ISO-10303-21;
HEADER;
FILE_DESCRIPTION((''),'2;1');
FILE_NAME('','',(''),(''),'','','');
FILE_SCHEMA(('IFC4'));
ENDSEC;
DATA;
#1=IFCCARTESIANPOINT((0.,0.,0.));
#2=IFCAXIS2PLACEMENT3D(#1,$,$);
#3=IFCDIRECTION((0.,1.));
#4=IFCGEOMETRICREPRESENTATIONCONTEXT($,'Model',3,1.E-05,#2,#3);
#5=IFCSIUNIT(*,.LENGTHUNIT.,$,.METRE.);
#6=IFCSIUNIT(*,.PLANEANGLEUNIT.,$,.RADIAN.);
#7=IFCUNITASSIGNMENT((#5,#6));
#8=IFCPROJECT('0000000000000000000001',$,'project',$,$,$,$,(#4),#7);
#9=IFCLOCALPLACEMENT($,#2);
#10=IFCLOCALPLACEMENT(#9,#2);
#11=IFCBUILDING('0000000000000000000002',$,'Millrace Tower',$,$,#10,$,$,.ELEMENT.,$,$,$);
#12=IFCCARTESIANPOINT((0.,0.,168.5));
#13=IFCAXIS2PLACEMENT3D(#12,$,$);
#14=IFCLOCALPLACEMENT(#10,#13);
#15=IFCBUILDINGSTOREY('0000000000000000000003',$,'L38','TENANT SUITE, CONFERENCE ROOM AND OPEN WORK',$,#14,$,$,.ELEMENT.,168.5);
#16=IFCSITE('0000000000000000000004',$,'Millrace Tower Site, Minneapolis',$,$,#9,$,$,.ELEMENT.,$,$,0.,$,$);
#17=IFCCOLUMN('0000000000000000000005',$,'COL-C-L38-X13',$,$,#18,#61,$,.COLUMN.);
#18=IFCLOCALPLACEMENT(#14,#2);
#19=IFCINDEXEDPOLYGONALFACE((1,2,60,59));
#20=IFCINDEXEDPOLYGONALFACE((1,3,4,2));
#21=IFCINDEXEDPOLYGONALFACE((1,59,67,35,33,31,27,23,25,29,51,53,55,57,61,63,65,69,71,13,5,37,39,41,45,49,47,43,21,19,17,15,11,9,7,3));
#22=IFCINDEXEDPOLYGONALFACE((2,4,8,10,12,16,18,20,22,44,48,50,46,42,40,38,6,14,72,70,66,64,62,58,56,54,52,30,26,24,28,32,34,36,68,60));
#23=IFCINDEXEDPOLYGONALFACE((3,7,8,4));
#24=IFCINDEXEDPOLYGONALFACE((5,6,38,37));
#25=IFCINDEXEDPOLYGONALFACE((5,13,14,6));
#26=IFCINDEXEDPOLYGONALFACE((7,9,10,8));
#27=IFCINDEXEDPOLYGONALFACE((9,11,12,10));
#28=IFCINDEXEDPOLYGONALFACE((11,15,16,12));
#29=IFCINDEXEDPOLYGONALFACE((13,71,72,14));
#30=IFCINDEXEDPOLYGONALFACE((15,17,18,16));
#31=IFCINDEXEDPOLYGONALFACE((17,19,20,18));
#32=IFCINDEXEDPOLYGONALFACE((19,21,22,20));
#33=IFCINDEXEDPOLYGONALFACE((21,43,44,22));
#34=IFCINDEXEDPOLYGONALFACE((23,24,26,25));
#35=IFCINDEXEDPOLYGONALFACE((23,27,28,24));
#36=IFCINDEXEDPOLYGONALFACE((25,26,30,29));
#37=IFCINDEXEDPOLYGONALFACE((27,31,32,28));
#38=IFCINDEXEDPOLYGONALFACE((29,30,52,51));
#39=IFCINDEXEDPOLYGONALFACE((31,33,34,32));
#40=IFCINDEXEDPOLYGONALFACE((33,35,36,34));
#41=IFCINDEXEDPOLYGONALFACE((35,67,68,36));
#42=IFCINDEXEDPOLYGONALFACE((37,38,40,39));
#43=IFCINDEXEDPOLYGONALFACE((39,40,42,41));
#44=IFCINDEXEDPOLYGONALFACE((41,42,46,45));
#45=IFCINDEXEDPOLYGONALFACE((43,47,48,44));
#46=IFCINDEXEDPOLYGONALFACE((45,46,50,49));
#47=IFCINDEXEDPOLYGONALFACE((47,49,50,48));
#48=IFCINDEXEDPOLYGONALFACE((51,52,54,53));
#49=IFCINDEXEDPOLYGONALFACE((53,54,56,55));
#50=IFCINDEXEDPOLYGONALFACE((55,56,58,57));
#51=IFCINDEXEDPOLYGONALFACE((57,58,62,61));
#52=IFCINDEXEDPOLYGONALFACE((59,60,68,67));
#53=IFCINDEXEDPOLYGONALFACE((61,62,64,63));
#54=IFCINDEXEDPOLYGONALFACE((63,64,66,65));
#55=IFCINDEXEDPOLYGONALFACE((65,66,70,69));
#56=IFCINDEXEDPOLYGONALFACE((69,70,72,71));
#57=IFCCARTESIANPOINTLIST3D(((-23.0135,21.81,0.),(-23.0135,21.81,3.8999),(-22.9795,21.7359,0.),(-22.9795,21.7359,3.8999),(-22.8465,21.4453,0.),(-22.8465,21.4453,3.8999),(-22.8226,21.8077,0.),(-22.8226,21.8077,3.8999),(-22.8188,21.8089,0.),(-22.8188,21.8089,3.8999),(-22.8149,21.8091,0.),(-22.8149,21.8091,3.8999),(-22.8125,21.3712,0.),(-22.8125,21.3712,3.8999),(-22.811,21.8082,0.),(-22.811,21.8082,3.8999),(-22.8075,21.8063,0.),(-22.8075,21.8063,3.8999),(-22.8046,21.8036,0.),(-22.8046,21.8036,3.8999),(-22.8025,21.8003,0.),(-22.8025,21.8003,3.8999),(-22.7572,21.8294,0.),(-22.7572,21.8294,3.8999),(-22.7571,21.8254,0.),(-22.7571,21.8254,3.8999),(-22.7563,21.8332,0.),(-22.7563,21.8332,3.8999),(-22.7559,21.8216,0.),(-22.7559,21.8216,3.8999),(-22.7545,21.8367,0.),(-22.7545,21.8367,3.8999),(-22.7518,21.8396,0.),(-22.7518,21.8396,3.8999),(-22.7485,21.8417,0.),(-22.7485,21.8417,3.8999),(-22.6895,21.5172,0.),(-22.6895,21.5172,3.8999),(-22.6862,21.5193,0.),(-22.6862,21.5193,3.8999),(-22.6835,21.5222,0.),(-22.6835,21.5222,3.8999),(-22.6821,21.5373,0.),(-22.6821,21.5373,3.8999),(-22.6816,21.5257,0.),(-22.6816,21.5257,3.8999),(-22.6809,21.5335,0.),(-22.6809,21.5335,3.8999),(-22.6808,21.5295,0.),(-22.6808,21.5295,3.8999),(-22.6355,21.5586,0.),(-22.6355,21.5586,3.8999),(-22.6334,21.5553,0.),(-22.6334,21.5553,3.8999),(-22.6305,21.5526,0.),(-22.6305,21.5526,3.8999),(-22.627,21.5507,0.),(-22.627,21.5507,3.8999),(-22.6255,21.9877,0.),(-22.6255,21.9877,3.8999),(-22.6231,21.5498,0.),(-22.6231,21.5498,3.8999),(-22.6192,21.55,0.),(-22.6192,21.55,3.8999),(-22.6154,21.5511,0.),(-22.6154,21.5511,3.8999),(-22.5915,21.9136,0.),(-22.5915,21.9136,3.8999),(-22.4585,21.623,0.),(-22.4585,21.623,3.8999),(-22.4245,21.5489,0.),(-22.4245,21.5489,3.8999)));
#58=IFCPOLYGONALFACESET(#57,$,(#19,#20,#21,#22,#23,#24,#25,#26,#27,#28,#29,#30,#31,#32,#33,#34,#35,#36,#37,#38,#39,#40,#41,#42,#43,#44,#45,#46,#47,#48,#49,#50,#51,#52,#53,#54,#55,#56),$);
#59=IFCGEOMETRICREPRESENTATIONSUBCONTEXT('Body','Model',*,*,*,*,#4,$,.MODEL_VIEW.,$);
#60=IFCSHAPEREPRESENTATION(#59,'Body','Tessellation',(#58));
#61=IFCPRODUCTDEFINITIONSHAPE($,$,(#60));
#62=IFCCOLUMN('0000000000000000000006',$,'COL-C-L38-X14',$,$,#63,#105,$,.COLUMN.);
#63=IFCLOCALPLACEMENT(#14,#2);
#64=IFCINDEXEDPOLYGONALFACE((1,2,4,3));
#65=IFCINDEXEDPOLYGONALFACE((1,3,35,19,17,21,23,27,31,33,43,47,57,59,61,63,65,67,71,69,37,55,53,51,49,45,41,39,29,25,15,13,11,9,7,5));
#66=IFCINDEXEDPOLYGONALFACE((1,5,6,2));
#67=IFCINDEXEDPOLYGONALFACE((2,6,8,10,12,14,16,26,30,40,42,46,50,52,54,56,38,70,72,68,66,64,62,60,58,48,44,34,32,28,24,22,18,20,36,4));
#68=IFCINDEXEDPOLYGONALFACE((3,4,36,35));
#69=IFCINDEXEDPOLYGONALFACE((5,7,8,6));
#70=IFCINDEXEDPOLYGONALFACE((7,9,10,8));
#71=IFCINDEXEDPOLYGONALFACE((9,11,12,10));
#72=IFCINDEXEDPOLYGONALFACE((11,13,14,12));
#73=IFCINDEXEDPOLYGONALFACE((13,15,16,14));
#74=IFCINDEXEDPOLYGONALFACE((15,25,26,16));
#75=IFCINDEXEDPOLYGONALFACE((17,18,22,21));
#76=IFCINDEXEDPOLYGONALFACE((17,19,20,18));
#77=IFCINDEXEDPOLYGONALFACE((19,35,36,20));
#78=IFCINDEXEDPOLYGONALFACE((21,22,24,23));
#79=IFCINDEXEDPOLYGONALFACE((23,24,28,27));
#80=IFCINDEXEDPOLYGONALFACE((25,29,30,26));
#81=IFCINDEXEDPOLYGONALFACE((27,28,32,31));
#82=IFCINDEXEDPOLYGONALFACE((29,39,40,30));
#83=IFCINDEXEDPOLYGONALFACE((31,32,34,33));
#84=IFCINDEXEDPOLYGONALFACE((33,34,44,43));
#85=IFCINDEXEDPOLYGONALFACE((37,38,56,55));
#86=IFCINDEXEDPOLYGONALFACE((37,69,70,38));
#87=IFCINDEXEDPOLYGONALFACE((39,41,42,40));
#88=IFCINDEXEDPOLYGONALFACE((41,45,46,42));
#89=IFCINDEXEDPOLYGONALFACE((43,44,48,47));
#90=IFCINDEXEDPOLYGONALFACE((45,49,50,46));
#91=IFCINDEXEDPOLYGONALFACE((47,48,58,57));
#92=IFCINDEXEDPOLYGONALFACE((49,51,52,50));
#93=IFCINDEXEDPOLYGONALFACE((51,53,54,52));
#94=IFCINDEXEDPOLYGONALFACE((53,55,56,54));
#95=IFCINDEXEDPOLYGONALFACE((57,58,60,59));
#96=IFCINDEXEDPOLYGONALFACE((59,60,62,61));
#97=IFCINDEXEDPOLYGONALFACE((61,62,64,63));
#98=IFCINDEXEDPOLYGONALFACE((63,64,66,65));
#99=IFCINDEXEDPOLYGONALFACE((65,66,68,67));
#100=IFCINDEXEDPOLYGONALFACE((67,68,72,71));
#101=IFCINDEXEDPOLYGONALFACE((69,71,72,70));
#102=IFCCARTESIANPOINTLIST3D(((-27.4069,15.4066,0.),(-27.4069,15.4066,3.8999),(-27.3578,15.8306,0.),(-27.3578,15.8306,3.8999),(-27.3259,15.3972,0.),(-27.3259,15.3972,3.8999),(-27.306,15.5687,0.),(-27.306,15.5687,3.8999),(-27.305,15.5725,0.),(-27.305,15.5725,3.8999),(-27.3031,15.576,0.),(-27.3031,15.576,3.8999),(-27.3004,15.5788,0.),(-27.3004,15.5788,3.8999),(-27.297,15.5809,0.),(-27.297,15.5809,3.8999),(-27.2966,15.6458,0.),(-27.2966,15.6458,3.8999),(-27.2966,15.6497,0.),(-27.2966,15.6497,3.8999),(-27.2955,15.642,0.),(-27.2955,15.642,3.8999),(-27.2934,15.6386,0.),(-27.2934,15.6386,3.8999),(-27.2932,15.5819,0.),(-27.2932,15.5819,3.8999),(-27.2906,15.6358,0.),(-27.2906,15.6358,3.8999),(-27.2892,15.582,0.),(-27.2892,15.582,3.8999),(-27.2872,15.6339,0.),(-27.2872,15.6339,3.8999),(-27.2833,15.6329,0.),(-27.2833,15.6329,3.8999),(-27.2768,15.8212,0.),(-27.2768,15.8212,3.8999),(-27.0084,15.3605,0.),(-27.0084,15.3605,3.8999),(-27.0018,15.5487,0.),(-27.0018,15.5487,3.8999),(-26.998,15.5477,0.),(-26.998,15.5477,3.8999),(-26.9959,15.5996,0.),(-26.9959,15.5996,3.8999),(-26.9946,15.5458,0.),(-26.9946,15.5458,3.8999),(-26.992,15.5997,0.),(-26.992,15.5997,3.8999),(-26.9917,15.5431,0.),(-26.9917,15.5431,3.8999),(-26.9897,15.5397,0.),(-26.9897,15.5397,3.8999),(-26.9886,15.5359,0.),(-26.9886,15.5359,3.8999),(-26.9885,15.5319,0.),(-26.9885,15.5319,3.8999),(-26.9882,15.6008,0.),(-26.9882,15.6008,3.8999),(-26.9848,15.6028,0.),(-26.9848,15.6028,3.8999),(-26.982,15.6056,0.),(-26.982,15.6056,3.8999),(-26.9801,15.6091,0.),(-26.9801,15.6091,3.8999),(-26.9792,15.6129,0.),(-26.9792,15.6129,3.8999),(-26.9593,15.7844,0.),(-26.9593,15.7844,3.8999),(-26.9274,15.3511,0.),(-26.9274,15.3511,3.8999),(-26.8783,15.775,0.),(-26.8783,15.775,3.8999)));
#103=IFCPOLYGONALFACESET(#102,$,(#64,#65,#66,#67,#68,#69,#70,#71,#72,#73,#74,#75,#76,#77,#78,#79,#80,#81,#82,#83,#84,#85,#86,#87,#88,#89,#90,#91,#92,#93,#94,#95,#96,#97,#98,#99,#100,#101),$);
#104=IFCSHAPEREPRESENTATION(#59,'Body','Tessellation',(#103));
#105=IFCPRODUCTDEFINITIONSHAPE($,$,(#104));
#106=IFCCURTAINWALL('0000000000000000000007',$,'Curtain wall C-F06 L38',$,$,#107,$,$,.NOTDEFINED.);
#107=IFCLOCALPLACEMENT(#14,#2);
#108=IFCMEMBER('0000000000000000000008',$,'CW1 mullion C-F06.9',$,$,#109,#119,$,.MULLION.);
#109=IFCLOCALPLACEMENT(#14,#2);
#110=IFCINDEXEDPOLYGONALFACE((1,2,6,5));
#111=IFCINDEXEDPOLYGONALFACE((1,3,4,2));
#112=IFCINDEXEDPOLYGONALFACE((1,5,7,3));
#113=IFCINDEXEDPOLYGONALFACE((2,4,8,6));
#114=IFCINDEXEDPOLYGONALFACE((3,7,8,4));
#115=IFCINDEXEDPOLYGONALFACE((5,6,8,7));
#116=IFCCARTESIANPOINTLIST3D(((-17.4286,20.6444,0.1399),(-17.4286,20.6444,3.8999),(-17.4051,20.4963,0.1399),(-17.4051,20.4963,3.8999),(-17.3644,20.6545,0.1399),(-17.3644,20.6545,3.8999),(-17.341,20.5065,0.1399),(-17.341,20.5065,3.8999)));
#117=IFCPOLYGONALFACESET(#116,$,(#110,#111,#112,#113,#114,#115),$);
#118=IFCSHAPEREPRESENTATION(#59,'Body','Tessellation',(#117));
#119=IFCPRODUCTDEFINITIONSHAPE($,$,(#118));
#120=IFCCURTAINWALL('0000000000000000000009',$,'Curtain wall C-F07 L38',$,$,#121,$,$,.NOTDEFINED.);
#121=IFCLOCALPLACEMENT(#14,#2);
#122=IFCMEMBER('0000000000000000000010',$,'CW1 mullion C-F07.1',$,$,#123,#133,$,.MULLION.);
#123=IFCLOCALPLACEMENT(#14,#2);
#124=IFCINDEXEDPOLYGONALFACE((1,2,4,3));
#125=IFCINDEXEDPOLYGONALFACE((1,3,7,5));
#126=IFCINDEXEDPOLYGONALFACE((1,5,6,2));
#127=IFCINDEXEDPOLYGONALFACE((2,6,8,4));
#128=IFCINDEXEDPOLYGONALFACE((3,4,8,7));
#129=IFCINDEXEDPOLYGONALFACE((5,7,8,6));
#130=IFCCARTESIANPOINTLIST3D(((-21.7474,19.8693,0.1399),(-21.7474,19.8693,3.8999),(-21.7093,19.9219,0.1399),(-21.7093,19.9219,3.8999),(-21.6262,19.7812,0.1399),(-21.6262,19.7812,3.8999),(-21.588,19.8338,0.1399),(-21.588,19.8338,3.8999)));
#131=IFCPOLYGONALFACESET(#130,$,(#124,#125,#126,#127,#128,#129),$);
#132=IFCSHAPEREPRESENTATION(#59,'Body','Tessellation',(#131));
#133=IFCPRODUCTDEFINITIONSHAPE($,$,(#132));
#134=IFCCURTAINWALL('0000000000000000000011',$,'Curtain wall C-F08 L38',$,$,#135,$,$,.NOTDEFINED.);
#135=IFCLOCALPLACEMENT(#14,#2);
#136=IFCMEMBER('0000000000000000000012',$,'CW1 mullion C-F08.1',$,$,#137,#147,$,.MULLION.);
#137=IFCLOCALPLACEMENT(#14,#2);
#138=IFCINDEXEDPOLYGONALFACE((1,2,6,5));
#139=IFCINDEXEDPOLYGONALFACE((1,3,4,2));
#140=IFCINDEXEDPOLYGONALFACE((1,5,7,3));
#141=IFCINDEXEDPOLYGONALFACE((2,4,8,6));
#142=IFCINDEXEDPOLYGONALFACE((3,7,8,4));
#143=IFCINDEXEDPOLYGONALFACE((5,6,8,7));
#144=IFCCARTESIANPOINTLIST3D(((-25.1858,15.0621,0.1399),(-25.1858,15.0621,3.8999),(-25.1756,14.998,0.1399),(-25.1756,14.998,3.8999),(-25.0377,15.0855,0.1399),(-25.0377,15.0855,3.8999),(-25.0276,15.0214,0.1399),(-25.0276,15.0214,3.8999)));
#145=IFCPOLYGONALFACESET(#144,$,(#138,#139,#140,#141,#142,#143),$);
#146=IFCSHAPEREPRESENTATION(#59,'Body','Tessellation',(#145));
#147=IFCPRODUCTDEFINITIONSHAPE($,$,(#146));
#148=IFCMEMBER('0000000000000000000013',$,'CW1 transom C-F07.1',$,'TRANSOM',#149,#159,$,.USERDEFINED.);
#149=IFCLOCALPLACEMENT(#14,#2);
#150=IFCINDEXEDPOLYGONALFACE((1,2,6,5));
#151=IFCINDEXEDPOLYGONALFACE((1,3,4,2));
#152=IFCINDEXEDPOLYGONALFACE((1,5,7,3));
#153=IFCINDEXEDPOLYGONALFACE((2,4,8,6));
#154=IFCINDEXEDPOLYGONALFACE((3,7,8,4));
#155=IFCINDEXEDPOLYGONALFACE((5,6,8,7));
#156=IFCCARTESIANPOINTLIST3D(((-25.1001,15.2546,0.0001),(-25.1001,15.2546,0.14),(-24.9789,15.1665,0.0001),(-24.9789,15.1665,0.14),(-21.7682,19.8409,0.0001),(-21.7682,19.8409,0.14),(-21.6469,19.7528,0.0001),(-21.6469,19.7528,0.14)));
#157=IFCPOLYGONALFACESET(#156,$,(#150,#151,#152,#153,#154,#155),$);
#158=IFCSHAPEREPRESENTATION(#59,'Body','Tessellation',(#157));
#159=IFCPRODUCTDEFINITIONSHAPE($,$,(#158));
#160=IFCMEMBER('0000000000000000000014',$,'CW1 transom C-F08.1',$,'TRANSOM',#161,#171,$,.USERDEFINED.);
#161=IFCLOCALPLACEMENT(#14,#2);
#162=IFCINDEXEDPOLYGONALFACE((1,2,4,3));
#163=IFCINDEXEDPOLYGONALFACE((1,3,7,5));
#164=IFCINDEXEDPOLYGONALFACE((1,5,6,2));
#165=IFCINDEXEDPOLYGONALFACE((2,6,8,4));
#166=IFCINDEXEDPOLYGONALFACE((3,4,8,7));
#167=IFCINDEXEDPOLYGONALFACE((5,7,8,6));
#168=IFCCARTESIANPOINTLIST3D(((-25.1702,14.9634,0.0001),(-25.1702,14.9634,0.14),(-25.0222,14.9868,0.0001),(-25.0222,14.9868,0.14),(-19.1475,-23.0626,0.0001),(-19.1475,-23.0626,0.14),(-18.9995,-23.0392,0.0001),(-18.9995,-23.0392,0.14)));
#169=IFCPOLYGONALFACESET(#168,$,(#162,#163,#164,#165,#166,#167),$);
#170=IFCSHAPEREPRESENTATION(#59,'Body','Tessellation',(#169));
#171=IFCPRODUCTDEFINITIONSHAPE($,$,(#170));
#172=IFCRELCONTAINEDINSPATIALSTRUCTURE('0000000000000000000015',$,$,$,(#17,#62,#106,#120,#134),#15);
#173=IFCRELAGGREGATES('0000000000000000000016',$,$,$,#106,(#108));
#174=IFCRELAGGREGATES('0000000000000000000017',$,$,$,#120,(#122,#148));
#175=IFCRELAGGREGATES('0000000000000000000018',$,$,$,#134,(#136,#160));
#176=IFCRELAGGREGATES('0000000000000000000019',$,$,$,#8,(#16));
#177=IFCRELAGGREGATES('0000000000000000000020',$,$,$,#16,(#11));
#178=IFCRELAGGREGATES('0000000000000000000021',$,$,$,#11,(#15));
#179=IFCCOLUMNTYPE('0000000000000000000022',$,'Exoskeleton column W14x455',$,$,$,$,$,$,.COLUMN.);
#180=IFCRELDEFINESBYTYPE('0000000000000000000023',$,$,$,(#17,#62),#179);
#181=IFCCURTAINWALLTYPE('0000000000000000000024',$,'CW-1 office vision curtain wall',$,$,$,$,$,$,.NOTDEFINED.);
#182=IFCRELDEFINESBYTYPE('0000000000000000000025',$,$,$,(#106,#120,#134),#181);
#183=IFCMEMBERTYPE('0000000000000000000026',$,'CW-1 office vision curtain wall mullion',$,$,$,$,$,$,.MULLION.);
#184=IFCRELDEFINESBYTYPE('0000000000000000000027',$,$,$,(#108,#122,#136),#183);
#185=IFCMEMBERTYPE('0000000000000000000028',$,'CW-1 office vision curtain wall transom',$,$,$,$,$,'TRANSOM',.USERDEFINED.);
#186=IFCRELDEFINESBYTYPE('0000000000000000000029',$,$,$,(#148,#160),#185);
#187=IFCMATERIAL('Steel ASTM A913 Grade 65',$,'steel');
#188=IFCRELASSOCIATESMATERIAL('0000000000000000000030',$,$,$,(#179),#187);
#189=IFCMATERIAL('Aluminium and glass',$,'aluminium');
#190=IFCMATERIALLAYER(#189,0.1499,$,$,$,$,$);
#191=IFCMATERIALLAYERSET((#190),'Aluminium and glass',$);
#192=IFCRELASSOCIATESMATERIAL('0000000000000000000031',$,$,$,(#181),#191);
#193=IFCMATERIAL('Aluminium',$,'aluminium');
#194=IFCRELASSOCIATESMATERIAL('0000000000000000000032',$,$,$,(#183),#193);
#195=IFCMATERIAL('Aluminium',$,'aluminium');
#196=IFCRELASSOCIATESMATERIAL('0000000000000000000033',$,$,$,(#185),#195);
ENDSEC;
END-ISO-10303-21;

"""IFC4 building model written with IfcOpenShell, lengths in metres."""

from ifc_helpers import new_model, si_unit, direction, frame, origin, origin_2d, place, context, subcontext, project, spatial, rectangle, i_section, extrude, material, layer, layer_set, material_profile, profile_set, type_object, element, aggregate, save


model = new_model("IFC4")

# Units and contexts
model_context = context("Model", 3, precision=1e-05, world=origin(), true_north=direction((0.0, 1.0)))
body_context = subcontext(model_context, "Body", "Model", "MODEL_VIEW")
ifc_project = project(units=[si_unit("LENGTHUNIT", "METRE"), si_unit("PLANEANGLEUNIT", "RADIAN")], contexts=[model_context])

# Site, building, storey
site_placement = place(None, origin())
site = spatial("IfcSite", under=ifc_project, at=site_placement, Name="Millrace Tower Site, Minneapolis", CompositionType="ELEMENT", RefElevation=0.0)
building_placement = place(site_placement, origin())
building = spatial("IfcBuilding", under=site, at=building_placement, Name="Millrace Tower", CompositionType="ELEMENT")
storey_placement = place(building_placement, frame((0.0, 0.0, 168.5)))
storey = spatial("IfcBuildingStorey", under=building, at=storey_placement, Name="L38", Description="TENANT SUITE, CONFERENCE ROOM AND OPEN WORK", CompositionType="ELEMENT", Elevation=168.5)

# Columns
ifc_material_1 = material(Name="Steel ASTM A913 Grade 65", Category="steel")
ifc_material_profile_1 = material_profile(ifc_material_1, i_section(OverallWidth=0.4268, OverallDepth=0.4827, WebThickness=0.0513, FlangeThickness=0.0815, FilletRadius=0.0151, at=origin_2d()))
ifc_profile_set_1 = profile_set([ifc_material_profile_1], Name="Steel ASTM A913 Grade 65")
column_type = type_object("IfcColumnType", Name="Exoskeleton column W14x455", PredefinedType="COLUMN", material=ifc_profile_set_1)
for number, where, z_axis, x_axis, name in (
    (1, (-22.719, 21.6794, 0.0), (0.0, 0.0, 1.0), (-0.909181, -0.416401, 0.0), "COL-C-L38-X13"),
    (2, (-27.1426, 15.5908, 0.0), (0.0, 0.0, 1.0), (-0.115069, -0.993358, 0.0), "COL-C-L38-X14"),
):
    element("IfcColumn", number, at=place(storey_placement, frame(where, z_axis=z_axis, x_axis=x_axis)), inside=storey, type_object=column_type, Name=name, PredefinedType="COLUMN", context=body_context, shape_type="SweptSolid", body=[
        extrude(i_section(OverallWidth=0.4268, OverallDepth=0.4827, WebThickness=0.0513, FlangeThickness=0.0815, FilletRadius=0.0151, at=origin_2d()), origin(), (0.0, 0.0, 1.0), 3.8999),
    ])

# Curtain walls, members
ifc_material_2 = material(Name="Aluminium and glass", Category="aluminium")
ifc_layer_1 = layer(ifc_material_2, 0.1499)
ifc_layer_set_1 = layer_set([ifc_layer_1], Name="Aluminium and glass")
curtain_wall_type = type_object("IfcCurtainWallType", Name="CW-1 office vision curtain wall", PredefinedType="NOTDEFINED", material=ifc_layer_set_1)
placement = place(storey_placement, origin())
curtain_wall_1 = element("IfcCurtainWall", 3, at=placement, inside=storey, type_object=curtain_wall_type, Name="Curtain wall C-F06 L38", PredefinedType="NOTDEFINED")
ifc_material_3 = material(Name="Aluminium", Category="aluminium")
ifc_material_profile_2 = material_profile(ifc_material_3, rectangle(XDim=0.0649, YDim=0.1499, at=origin_2d()))
ifc_profile_set_2 = profile_set([ifc_material_profile_2], Name="Aluminium")
member_type_1 = type_object("IfcMemberType", Name="CW-1 office vision curtain wall mullion", PredefinedType="MULLION", material=ifc_profile_set_2)
member_1_placement = place(storey_placement, frame((-17.3848, 20.5754, 0.1399), z_axis=(0.0, 0.0, 1.0), x_axis=(-0.987688, -0.156434, 0.0)))
member_1 = element("IfcMember", 4, at=member_1_placement, type_object=member_type_1, Name="CW1 mullion C-F06.9", PredefinedType="MULLION", context=body_context, shape_type="SweptSolid", body=[
    extrude(rectangle(XDim=0.0649, YDim=0.1499, at=origin_2d()), origin(), (0.0, 0.0, 1.0), 3.76),
])
aggregate(curtain_wall_1, [member_1])
curtain_wall_2 = element("IfcCurtainWall", 5, at=placement, inside=storey, type_object=curtain_wall_type, Name="Curtain wall C-F07 L38", PredefinedType="NOTDEFINED")
member_2_placement = place(storey_placement, frame((-21.6677, 19.8516, 0.1399), z_axis=(0.0, 0.0, 1.0), x_axis=(-0.587785, -0.809017, 0.0)))
member_2 = element("IfcMember", 6, at=member_2_placement, type_object=member_type_1, Name="CW1 mullion C-F07.1", PredefinedType="MULLION", context=body_context, shape_type="SweptSolid", body=[
    extrude(rectangle(XDim=0.0649, YDim=0.1499, at=origin_2d()), origin(), (0.0, 0.0, 1.0), 3.76),
])
curtain_wall_3 = element("IfcCurtainWall", 7, at=placement, inside=storey, type_object=curtain_wall_type, Name="Curtain wall C-F08 L38", PredefinedType="NOTDEFINED")
member_3_placement = place(storey_placement, frame((-25.1067, 15.0417, 0.1399), z_axis=(0.0, 0.0, 1.0), x_axis=(0.156434, -0.987688, 0.0)))
member_3 = element("IfcMember", 8, at=member_3_placement, type_object=member_type_1, Name="CW1 mullion C-F08.1", PredefinedType="MULLION", context=body_context, shape_type="SweptSolid", body=[
    extrude(rectangle(XDim=0.0649, YDim=0.1499, at=origin_2d()), origin(), (0.0, 0.0, 1.0), 3.76),
])

# Members
ifc_material_4 = material(Name="Aluminium", Category="aluminium")
ifc_material_profile_3 = material_profile(ifc_material_4, rectangle(XDim=0.1499, YDim=0.1399, at=origin_2d()))
ifc_profile_set_3 = profile_set([ifc_material_profile_3], Name="Aluminium")
member_type_2 = type_object("IfcMemberType", Name="CW-1 office vision curtain wall transom", ElementType="TRANSOM", PredefinedType="USERDEFINED", material=ifc_profile_set_3)
member_4_placement = place(storey_placement, frame((-21.7075, 19.7969, 0.0701), z_axis=(-0.587762, -0.809034, 0.0), x_axis=(0.809034, -0.587762, 0.0)))
member_4 = element("IfcMember", 9, at=member_4_placement, type_object=member_type_2, Name="CW1 transom C-F07.1", ObjectType="TRANSOM", PredefinedType="USERDEFINED", context=body_context, shape_type="SweptSolid", body=[
    extrude(rectangle(XDim=0.1499, YDim=0.1399, at=origin_2d()), origin(), (0.0, 0.0, 1.0), 5.6689),
])
aggregate(curtain_wall_2, [member_2, member_4])
member_5_placement = place(storey_placement, frame((-25.0962, 14.9751, 0.0701), z_axis=(0.156433, -0.987689, 0.0), x_axis=(0.987689, 0.156433, 0.0)))
member_5 = element("IfcMember", 10, at=member_5_placement, type_object=member_type_2, Name="CW1 transom C-F08.1", ObjectType="TRANSOM", PredefinedType="USERDEFINED", context=body_context, shape_type="SweptSolid", body=[
    extrude(rectangle(XDim=0.1499, YDim=0.1399, at=origin_2d()), origin(), (0.0, 0.0, 1.0), 38.5),
])
aggregate(curtain_wall_3, [member_3, member_5])

save(model, "model.ifc")
